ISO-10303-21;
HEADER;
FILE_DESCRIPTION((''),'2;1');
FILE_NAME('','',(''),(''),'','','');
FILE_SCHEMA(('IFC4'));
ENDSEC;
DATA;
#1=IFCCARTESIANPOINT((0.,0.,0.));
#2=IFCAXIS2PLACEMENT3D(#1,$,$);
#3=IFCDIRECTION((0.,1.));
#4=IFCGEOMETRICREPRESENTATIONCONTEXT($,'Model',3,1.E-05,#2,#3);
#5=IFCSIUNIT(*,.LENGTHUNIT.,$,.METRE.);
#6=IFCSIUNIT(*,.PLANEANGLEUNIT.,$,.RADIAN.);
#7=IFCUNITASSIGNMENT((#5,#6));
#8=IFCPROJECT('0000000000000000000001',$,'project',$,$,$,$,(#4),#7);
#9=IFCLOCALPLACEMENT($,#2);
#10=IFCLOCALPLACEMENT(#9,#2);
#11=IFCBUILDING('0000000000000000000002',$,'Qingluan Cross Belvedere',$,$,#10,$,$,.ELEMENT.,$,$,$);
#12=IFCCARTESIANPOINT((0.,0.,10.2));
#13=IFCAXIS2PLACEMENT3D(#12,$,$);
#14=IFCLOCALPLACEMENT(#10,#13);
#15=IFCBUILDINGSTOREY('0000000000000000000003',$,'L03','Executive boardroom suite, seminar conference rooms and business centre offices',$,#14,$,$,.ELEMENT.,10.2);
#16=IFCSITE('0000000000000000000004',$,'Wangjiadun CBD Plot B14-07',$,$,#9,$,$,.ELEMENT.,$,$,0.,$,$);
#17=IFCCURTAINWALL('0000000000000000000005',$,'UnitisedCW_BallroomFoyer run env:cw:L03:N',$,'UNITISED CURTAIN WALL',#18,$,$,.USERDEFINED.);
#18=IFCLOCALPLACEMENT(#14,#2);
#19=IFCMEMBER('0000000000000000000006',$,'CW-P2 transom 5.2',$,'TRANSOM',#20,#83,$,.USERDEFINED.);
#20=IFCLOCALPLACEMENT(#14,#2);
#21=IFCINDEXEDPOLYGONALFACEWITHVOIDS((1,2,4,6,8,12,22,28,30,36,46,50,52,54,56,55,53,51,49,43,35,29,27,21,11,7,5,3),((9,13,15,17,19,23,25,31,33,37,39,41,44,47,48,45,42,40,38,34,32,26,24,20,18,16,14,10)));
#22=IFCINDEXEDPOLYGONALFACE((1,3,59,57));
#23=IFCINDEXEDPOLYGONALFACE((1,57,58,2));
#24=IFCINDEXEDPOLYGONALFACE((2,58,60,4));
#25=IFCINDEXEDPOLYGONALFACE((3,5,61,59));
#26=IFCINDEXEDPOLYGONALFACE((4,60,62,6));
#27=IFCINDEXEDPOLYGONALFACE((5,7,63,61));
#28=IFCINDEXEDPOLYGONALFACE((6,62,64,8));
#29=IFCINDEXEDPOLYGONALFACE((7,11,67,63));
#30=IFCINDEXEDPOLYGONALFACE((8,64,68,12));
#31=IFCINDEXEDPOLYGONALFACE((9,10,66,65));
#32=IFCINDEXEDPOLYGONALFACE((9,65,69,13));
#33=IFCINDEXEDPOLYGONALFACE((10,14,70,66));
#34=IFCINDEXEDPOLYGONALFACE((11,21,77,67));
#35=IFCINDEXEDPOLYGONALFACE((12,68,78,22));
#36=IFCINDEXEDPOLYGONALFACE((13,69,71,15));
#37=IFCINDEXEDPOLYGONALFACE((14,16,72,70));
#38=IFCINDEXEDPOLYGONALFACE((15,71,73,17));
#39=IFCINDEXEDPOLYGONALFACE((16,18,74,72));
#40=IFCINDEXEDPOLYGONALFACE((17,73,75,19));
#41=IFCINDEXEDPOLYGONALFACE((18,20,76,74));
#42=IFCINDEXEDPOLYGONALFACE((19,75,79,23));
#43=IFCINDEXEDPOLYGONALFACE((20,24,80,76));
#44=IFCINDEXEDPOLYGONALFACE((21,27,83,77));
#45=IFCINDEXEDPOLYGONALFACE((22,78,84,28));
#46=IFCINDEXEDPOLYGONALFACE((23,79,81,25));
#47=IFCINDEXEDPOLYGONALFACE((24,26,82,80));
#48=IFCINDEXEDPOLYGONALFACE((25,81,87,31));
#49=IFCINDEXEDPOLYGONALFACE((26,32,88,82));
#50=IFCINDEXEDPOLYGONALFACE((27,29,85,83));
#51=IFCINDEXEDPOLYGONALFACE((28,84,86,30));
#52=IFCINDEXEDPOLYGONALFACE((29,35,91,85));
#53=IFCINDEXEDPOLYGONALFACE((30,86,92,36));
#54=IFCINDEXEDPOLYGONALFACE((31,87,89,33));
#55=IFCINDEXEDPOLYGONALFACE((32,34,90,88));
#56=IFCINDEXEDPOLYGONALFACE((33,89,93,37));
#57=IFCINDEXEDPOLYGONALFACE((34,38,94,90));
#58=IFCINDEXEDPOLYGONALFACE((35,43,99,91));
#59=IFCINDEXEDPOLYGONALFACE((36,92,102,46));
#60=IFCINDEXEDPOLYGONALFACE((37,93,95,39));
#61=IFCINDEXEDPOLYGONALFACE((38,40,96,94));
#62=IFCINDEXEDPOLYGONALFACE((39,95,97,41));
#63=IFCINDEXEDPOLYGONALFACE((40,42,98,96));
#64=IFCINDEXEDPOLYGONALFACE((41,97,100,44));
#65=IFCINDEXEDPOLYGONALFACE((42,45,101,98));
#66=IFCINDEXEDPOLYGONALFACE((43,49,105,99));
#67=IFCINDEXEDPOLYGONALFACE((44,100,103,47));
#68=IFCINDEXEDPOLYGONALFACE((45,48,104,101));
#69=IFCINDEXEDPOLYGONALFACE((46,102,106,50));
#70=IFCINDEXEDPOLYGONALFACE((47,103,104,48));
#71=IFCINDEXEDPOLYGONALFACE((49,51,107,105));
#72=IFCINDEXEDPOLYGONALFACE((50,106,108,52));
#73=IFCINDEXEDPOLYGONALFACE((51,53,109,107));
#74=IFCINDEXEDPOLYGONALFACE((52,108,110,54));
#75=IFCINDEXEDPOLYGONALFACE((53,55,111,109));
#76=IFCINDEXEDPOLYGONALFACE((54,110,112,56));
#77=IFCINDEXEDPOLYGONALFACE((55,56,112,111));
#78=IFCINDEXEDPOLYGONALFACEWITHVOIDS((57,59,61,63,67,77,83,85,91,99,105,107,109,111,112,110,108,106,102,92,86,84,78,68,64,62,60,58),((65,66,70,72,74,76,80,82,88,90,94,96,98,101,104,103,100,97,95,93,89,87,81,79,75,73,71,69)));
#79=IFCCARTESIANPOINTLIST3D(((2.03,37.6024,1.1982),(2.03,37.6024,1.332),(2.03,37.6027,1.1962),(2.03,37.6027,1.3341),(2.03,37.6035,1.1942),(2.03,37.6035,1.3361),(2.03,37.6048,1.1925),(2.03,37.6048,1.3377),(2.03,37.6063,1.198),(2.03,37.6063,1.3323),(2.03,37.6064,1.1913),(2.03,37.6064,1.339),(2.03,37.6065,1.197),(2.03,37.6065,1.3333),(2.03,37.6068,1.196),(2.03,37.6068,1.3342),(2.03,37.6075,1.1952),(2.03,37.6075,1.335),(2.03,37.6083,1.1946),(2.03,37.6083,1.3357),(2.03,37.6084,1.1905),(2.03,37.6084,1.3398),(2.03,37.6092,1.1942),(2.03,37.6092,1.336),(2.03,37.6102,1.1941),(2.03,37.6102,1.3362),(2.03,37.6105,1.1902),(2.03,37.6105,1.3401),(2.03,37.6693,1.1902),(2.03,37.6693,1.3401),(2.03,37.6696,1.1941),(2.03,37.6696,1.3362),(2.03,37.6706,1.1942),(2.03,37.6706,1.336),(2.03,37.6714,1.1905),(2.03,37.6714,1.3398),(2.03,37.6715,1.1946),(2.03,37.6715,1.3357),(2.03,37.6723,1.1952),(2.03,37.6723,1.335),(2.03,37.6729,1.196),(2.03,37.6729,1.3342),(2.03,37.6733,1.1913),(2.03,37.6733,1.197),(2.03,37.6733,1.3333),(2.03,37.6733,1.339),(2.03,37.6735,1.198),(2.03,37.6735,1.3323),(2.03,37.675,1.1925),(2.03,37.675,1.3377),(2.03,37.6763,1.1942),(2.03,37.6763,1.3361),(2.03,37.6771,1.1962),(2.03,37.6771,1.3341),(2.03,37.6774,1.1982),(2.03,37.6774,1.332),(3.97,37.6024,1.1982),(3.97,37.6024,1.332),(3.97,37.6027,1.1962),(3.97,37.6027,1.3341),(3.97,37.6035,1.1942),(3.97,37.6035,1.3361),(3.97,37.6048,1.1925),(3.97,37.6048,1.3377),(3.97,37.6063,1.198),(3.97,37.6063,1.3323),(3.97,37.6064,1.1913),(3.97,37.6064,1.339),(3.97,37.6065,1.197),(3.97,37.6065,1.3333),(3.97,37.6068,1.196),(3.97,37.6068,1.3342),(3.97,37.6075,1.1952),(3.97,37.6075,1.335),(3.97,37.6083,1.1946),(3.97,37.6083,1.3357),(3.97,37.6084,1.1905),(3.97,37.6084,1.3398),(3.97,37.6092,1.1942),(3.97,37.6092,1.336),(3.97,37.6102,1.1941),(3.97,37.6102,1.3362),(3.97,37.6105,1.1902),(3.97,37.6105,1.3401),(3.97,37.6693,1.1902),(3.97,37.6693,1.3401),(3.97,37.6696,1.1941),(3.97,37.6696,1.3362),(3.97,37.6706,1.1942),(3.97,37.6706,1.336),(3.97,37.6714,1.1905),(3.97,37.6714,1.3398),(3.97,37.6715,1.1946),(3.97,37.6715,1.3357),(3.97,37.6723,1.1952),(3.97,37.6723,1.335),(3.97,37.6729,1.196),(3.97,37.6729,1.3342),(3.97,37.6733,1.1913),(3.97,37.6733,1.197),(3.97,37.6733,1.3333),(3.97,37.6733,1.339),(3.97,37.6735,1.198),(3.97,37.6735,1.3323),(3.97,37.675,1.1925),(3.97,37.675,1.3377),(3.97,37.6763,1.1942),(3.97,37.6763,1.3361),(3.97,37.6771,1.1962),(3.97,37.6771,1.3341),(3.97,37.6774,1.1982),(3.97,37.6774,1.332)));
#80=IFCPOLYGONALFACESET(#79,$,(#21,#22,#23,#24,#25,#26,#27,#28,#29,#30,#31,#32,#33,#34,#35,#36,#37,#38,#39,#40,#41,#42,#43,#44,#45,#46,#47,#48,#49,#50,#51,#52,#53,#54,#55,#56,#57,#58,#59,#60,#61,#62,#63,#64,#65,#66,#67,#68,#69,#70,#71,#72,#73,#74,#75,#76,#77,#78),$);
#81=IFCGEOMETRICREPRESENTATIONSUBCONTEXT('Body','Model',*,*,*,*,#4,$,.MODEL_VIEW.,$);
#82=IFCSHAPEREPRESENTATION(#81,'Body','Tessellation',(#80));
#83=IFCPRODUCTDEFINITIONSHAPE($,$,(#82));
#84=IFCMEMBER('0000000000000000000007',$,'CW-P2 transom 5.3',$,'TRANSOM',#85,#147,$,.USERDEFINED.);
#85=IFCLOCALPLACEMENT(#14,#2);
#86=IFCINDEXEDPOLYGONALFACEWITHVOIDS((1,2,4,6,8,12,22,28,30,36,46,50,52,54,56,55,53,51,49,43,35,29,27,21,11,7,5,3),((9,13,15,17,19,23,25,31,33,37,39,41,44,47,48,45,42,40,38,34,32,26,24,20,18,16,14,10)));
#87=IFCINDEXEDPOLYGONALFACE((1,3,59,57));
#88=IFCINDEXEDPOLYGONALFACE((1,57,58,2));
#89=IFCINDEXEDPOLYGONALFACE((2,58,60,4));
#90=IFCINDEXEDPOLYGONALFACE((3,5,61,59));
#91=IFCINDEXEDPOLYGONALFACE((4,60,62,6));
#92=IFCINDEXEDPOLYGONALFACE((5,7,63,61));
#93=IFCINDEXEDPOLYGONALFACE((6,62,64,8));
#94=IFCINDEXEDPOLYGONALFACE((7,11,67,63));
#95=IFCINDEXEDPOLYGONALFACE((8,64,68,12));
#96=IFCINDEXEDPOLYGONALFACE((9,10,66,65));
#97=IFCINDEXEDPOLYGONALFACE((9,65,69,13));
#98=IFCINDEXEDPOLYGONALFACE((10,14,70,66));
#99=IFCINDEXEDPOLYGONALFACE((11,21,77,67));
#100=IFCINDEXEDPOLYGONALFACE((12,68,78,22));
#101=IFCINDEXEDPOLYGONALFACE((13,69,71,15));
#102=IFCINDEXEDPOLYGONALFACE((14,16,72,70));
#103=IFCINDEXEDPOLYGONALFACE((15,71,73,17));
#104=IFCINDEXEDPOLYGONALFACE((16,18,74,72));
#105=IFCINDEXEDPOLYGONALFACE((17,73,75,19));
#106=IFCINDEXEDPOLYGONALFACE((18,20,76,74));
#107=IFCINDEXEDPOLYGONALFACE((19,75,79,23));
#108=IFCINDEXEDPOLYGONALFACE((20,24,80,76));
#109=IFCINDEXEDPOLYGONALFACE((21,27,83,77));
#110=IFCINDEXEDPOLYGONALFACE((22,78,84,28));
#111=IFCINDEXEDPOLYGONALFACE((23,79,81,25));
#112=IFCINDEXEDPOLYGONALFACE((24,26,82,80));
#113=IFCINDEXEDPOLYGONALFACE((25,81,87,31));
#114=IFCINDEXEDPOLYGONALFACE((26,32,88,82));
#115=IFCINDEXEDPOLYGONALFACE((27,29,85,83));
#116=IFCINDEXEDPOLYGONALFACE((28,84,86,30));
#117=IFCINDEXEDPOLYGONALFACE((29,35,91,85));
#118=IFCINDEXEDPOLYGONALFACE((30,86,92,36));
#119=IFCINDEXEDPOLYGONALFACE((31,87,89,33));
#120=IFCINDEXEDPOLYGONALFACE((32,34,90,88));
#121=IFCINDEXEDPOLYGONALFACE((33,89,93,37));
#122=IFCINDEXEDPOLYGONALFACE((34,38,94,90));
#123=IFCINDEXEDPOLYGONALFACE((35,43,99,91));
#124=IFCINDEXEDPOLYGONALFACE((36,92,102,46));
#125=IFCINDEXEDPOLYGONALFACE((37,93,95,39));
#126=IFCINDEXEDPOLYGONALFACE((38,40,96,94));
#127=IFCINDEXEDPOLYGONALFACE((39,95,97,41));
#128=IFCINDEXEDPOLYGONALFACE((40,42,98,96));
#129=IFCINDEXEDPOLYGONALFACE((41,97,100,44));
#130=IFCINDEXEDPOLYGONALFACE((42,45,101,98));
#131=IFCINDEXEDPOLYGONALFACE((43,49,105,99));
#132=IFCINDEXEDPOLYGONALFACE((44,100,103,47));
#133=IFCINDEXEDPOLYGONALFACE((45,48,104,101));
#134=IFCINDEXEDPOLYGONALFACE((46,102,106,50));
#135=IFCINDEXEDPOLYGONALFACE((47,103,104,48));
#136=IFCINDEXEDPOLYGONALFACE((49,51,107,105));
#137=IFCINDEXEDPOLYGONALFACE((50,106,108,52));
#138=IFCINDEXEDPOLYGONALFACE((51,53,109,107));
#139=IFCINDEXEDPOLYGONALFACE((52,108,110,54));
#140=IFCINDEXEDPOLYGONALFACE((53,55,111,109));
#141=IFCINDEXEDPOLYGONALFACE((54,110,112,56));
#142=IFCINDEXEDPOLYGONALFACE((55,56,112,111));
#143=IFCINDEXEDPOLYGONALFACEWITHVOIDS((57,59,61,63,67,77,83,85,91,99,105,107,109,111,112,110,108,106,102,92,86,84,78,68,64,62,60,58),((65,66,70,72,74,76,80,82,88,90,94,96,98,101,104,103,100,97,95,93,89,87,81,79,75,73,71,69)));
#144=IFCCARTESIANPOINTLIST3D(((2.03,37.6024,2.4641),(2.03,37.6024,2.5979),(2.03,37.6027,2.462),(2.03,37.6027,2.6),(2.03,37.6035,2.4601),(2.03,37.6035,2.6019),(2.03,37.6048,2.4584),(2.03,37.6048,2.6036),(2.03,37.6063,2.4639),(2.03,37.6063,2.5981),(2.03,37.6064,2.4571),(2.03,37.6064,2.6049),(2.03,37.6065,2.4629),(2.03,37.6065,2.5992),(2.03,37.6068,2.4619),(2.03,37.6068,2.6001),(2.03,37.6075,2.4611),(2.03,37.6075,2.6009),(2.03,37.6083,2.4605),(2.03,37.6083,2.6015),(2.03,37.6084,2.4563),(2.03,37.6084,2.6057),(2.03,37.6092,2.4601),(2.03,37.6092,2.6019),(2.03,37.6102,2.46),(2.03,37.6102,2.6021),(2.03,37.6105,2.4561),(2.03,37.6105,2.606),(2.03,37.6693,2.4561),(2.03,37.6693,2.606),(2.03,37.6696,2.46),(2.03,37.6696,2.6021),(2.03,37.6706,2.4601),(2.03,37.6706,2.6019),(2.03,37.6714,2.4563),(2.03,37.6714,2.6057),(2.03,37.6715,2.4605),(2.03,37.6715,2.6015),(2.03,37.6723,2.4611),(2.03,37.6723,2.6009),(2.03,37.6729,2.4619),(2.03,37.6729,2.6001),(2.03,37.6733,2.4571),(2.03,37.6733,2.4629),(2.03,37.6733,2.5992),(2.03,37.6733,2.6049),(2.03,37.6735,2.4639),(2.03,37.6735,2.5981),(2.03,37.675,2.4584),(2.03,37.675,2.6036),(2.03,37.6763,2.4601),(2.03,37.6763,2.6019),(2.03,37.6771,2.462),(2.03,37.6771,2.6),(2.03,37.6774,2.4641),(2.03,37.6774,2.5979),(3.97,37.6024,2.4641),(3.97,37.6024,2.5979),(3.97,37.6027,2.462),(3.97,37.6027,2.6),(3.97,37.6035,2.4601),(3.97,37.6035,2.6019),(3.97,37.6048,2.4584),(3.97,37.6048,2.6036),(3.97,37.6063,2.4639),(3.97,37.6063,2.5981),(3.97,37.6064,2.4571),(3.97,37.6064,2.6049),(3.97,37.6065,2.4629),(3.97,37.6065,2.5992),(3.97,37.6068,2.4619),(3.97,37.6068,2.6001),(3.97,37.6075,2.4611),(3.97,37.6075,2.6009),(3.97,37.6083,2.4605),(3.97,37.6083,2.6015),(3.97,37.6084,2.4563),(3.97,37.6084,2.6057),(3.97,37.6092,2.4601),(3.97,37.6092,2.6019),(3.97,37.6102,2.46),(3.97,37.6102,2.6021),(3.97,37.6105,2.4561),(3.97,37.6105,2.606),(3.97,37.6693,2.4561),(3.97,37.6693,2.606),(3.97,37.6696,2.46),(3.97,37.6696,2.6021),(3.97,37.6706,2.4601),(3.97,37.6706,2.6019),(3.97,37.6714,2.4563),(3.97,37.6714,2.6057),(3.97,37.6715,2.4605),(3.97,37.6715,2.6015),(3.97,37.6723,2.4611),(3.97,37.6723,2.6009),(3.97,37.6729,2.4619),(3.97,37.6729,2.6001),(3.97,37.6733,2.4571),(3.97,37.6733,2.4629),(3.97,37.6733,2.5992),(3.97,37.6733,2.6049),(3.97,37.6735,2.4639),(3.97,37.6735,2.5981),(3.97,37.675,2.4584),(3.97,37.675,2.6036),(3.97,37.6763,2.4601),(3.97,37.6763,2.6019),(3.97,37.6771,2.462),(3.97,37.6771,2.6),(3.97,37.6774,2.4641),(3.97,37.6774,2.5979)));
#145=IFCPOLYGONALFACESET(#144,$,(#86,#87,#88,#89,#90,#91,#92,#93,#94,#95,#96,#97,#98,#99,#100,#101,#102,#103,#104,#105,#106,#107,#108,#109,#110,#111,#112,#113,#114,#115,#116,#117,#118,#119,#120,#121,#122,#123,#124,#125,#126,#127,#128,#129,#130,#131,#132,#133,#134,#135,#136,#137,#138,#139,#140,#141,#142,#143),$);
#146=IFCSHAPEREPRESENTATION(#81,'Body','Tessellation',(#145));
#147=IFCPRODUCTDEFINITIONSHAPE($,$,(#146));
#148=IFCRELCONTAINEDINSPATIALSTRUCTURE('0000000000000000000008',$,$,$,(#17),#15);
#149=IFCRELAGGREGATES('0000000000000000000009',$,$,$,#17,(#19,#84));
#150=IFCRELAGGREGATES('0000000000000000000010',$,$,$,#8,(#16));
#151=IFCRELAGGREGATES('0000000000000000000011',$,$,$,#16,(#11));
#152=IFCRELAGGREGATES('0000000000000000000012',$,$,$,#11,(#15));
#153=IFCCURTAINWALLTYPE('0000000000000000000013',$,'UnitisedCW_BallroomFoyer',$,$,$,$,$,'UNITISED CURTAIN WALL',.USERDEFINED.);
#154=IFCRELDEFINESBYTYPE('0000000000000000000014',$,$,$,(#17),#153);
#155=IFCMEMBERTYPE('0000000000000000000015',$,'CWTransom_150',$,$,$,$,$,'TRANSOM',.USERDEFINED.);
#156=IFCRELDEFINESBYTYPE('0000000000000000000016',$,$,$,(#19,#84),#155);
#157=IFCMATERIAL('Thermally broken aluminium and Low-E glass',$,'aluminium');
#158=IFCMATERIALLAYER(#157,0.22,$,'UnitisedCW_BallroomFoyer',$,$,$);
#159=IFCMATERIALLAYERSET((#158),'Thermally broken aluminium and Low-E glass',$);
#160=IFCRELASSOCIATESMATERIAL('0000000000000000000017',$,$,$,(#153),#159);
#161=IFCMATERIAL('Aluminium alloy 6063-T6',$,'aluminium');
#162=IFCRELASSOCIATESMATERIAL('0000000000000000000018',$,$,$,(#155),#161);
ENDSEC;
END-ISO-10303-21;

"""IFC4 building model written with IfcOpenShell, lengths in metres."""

from ifc_helpers import new_model, si_unit, direction, frame, origin, origin_2d, place, context, subcontext, project, spatial, hollow_rectangle, extrude, material, layer, layer_set, material_profile, profile_set, type_object, element, aggregate, save


model = new_model("IFC4")

# Units and contexts
model_context = context("Model", 3, precision=1e-05, world=origin(), true_north=direction((0.0, 1.0)))
body_context = subcontext(model_context, "Body", "Model", "MODEL_VIEW")
ifc_project = project(units=[si_unit("LENGTHUNIT", "METRE"), si_unit("PLANEANGLEUNIT", "RADIAN")], contexts=[model_context])

# Site, building, storey
site_placement = place(None, origin())
site = spatial("IfcSite", under=ifc_project, at=site_placement, Name="Wangjiadun CBD Plot B14-07", CompositionType="ELEMENT", RefElevation=0.0)
building_placement = place(site_placement, origin())
building = spatial("IfcBuilding", under=site, at=building_placement, Name="Qingluan Cross Belvedere", CompositionType="ELEMENT")
storey_placement = place(building_placement, frame((0.0, 0.0, 10.2)))
storey = spatial("IfcBuildingStorey", under=building, at=storey_placement, Name="L03", Description="Executive boardroom suite, seminar conference rooms and business centre offices", CompositionType="ELEMENT", Elevation=10.2)

# Curtain wall, members
ifc_material_1 = material(Name="Thermally broken aluminium and Low-E glass", Category="aluminium")
ifc_layer_1 = layer(ifc_material_1, 0.22, Name="UnitisedCW_BallroomFoyer")
ifc_layer_set_1 = layer_set([ifc_layer_1], Name="Thermally broken aluminium and Low-E glass")
curtain_wall_type = type_object("IfcCurtainWallType", Name="UnitisedCW_BallroomFoyer", ElementType="UNITISED CURTAIN WALL", PredefinedType="USERDEFINED", material=ifc_layer_set_1)
curtain_wall_placement = place(storey_placement, origin())
curtain_wall = element("IfcCurtainWall", 1, at=curtain_wall_placement, inside=storey, type_object=curtain_wall_type, Name="UnitisedCW_BallroomFoyer run env:cw:L03:N", ObjectType="UNITISED CURTAIN WALL", PredefinedType="USERDEFINED")
ifc_material_2 = material(Name="Aluminium alloy 6063-T6", Category="aluminium")
ifc_material_profile_1 = material_profile(ifc_material_2, hollow_rectangle(XDim=0.075, YDim=0.1499, WallThickness=0.0039, InnerFilletRadius=0.0039, OuterFilletRadius=0.0081, at=origin_2d()), Name="CWT150x75x4")
ifc_profile_set_1 = profile_set([ifc_material_profile_1], Name="Aluminium alloy 6063-T6")
member_type_1 = type_object("IfcMemberType", Name="CWTransom_150", ElementType="TRANSOM", PredefinedType="USERDEFINED", material=ifc_profile_set_1)
member_1_placement = place(storey_placement, frame((2.03, 37.6399, 1.2651), z_axis=(1.0, 0.0, 0.0), x_axis=(0.0, 1.0, 0.0)))
member_1 = element("IfcMember", 2, at=member_1_placement, type_object=member_type_1, Name="CW-P2 transom 5.2", ObjectType="TRANSOM", PredefinedType="USERDEFINED", context=body_context, shape_type="SweptSolid", body=[
    extrude(hollow_rectangle(XDim=0.075, YDim=0.1499, WallThickness=0.0039, InnerFilletRadius=0.0039, OuterFilletRadius=0.0081, at=origin_2d()), origin(), (0.0, 0.0, 1.0), 1.9399),
])
member_2_placement = place(storey_placement, frame((2.03, 37.6399, 2.531), z_axis=(1.0, 0.0, 0.0), x_axis=(0.0, 1.0, 0.0)))
member_2 = element("IfcMember", 3, at=member_2_placement, type_object=member_type_1, Name="CW-P2 transom 5.3", ObjectType="TRANSOM", PredefinedType="USERDEFINED", context=body_context, shape_type="SweptSolid", body=[
    extrude(hollow_rectangle(XDim=0.075, YDim=0.1499, WallThickness=0.0039, InnerFilletRadius=0.0039, OuterFilletRadius=0.0081, at=origin_2d()), origin(), (0.0, 0.0, 1.0), 1.9399),
])

aggregate(curtain_wall, [member_1, member_2])

save(model, "model.ifc")
